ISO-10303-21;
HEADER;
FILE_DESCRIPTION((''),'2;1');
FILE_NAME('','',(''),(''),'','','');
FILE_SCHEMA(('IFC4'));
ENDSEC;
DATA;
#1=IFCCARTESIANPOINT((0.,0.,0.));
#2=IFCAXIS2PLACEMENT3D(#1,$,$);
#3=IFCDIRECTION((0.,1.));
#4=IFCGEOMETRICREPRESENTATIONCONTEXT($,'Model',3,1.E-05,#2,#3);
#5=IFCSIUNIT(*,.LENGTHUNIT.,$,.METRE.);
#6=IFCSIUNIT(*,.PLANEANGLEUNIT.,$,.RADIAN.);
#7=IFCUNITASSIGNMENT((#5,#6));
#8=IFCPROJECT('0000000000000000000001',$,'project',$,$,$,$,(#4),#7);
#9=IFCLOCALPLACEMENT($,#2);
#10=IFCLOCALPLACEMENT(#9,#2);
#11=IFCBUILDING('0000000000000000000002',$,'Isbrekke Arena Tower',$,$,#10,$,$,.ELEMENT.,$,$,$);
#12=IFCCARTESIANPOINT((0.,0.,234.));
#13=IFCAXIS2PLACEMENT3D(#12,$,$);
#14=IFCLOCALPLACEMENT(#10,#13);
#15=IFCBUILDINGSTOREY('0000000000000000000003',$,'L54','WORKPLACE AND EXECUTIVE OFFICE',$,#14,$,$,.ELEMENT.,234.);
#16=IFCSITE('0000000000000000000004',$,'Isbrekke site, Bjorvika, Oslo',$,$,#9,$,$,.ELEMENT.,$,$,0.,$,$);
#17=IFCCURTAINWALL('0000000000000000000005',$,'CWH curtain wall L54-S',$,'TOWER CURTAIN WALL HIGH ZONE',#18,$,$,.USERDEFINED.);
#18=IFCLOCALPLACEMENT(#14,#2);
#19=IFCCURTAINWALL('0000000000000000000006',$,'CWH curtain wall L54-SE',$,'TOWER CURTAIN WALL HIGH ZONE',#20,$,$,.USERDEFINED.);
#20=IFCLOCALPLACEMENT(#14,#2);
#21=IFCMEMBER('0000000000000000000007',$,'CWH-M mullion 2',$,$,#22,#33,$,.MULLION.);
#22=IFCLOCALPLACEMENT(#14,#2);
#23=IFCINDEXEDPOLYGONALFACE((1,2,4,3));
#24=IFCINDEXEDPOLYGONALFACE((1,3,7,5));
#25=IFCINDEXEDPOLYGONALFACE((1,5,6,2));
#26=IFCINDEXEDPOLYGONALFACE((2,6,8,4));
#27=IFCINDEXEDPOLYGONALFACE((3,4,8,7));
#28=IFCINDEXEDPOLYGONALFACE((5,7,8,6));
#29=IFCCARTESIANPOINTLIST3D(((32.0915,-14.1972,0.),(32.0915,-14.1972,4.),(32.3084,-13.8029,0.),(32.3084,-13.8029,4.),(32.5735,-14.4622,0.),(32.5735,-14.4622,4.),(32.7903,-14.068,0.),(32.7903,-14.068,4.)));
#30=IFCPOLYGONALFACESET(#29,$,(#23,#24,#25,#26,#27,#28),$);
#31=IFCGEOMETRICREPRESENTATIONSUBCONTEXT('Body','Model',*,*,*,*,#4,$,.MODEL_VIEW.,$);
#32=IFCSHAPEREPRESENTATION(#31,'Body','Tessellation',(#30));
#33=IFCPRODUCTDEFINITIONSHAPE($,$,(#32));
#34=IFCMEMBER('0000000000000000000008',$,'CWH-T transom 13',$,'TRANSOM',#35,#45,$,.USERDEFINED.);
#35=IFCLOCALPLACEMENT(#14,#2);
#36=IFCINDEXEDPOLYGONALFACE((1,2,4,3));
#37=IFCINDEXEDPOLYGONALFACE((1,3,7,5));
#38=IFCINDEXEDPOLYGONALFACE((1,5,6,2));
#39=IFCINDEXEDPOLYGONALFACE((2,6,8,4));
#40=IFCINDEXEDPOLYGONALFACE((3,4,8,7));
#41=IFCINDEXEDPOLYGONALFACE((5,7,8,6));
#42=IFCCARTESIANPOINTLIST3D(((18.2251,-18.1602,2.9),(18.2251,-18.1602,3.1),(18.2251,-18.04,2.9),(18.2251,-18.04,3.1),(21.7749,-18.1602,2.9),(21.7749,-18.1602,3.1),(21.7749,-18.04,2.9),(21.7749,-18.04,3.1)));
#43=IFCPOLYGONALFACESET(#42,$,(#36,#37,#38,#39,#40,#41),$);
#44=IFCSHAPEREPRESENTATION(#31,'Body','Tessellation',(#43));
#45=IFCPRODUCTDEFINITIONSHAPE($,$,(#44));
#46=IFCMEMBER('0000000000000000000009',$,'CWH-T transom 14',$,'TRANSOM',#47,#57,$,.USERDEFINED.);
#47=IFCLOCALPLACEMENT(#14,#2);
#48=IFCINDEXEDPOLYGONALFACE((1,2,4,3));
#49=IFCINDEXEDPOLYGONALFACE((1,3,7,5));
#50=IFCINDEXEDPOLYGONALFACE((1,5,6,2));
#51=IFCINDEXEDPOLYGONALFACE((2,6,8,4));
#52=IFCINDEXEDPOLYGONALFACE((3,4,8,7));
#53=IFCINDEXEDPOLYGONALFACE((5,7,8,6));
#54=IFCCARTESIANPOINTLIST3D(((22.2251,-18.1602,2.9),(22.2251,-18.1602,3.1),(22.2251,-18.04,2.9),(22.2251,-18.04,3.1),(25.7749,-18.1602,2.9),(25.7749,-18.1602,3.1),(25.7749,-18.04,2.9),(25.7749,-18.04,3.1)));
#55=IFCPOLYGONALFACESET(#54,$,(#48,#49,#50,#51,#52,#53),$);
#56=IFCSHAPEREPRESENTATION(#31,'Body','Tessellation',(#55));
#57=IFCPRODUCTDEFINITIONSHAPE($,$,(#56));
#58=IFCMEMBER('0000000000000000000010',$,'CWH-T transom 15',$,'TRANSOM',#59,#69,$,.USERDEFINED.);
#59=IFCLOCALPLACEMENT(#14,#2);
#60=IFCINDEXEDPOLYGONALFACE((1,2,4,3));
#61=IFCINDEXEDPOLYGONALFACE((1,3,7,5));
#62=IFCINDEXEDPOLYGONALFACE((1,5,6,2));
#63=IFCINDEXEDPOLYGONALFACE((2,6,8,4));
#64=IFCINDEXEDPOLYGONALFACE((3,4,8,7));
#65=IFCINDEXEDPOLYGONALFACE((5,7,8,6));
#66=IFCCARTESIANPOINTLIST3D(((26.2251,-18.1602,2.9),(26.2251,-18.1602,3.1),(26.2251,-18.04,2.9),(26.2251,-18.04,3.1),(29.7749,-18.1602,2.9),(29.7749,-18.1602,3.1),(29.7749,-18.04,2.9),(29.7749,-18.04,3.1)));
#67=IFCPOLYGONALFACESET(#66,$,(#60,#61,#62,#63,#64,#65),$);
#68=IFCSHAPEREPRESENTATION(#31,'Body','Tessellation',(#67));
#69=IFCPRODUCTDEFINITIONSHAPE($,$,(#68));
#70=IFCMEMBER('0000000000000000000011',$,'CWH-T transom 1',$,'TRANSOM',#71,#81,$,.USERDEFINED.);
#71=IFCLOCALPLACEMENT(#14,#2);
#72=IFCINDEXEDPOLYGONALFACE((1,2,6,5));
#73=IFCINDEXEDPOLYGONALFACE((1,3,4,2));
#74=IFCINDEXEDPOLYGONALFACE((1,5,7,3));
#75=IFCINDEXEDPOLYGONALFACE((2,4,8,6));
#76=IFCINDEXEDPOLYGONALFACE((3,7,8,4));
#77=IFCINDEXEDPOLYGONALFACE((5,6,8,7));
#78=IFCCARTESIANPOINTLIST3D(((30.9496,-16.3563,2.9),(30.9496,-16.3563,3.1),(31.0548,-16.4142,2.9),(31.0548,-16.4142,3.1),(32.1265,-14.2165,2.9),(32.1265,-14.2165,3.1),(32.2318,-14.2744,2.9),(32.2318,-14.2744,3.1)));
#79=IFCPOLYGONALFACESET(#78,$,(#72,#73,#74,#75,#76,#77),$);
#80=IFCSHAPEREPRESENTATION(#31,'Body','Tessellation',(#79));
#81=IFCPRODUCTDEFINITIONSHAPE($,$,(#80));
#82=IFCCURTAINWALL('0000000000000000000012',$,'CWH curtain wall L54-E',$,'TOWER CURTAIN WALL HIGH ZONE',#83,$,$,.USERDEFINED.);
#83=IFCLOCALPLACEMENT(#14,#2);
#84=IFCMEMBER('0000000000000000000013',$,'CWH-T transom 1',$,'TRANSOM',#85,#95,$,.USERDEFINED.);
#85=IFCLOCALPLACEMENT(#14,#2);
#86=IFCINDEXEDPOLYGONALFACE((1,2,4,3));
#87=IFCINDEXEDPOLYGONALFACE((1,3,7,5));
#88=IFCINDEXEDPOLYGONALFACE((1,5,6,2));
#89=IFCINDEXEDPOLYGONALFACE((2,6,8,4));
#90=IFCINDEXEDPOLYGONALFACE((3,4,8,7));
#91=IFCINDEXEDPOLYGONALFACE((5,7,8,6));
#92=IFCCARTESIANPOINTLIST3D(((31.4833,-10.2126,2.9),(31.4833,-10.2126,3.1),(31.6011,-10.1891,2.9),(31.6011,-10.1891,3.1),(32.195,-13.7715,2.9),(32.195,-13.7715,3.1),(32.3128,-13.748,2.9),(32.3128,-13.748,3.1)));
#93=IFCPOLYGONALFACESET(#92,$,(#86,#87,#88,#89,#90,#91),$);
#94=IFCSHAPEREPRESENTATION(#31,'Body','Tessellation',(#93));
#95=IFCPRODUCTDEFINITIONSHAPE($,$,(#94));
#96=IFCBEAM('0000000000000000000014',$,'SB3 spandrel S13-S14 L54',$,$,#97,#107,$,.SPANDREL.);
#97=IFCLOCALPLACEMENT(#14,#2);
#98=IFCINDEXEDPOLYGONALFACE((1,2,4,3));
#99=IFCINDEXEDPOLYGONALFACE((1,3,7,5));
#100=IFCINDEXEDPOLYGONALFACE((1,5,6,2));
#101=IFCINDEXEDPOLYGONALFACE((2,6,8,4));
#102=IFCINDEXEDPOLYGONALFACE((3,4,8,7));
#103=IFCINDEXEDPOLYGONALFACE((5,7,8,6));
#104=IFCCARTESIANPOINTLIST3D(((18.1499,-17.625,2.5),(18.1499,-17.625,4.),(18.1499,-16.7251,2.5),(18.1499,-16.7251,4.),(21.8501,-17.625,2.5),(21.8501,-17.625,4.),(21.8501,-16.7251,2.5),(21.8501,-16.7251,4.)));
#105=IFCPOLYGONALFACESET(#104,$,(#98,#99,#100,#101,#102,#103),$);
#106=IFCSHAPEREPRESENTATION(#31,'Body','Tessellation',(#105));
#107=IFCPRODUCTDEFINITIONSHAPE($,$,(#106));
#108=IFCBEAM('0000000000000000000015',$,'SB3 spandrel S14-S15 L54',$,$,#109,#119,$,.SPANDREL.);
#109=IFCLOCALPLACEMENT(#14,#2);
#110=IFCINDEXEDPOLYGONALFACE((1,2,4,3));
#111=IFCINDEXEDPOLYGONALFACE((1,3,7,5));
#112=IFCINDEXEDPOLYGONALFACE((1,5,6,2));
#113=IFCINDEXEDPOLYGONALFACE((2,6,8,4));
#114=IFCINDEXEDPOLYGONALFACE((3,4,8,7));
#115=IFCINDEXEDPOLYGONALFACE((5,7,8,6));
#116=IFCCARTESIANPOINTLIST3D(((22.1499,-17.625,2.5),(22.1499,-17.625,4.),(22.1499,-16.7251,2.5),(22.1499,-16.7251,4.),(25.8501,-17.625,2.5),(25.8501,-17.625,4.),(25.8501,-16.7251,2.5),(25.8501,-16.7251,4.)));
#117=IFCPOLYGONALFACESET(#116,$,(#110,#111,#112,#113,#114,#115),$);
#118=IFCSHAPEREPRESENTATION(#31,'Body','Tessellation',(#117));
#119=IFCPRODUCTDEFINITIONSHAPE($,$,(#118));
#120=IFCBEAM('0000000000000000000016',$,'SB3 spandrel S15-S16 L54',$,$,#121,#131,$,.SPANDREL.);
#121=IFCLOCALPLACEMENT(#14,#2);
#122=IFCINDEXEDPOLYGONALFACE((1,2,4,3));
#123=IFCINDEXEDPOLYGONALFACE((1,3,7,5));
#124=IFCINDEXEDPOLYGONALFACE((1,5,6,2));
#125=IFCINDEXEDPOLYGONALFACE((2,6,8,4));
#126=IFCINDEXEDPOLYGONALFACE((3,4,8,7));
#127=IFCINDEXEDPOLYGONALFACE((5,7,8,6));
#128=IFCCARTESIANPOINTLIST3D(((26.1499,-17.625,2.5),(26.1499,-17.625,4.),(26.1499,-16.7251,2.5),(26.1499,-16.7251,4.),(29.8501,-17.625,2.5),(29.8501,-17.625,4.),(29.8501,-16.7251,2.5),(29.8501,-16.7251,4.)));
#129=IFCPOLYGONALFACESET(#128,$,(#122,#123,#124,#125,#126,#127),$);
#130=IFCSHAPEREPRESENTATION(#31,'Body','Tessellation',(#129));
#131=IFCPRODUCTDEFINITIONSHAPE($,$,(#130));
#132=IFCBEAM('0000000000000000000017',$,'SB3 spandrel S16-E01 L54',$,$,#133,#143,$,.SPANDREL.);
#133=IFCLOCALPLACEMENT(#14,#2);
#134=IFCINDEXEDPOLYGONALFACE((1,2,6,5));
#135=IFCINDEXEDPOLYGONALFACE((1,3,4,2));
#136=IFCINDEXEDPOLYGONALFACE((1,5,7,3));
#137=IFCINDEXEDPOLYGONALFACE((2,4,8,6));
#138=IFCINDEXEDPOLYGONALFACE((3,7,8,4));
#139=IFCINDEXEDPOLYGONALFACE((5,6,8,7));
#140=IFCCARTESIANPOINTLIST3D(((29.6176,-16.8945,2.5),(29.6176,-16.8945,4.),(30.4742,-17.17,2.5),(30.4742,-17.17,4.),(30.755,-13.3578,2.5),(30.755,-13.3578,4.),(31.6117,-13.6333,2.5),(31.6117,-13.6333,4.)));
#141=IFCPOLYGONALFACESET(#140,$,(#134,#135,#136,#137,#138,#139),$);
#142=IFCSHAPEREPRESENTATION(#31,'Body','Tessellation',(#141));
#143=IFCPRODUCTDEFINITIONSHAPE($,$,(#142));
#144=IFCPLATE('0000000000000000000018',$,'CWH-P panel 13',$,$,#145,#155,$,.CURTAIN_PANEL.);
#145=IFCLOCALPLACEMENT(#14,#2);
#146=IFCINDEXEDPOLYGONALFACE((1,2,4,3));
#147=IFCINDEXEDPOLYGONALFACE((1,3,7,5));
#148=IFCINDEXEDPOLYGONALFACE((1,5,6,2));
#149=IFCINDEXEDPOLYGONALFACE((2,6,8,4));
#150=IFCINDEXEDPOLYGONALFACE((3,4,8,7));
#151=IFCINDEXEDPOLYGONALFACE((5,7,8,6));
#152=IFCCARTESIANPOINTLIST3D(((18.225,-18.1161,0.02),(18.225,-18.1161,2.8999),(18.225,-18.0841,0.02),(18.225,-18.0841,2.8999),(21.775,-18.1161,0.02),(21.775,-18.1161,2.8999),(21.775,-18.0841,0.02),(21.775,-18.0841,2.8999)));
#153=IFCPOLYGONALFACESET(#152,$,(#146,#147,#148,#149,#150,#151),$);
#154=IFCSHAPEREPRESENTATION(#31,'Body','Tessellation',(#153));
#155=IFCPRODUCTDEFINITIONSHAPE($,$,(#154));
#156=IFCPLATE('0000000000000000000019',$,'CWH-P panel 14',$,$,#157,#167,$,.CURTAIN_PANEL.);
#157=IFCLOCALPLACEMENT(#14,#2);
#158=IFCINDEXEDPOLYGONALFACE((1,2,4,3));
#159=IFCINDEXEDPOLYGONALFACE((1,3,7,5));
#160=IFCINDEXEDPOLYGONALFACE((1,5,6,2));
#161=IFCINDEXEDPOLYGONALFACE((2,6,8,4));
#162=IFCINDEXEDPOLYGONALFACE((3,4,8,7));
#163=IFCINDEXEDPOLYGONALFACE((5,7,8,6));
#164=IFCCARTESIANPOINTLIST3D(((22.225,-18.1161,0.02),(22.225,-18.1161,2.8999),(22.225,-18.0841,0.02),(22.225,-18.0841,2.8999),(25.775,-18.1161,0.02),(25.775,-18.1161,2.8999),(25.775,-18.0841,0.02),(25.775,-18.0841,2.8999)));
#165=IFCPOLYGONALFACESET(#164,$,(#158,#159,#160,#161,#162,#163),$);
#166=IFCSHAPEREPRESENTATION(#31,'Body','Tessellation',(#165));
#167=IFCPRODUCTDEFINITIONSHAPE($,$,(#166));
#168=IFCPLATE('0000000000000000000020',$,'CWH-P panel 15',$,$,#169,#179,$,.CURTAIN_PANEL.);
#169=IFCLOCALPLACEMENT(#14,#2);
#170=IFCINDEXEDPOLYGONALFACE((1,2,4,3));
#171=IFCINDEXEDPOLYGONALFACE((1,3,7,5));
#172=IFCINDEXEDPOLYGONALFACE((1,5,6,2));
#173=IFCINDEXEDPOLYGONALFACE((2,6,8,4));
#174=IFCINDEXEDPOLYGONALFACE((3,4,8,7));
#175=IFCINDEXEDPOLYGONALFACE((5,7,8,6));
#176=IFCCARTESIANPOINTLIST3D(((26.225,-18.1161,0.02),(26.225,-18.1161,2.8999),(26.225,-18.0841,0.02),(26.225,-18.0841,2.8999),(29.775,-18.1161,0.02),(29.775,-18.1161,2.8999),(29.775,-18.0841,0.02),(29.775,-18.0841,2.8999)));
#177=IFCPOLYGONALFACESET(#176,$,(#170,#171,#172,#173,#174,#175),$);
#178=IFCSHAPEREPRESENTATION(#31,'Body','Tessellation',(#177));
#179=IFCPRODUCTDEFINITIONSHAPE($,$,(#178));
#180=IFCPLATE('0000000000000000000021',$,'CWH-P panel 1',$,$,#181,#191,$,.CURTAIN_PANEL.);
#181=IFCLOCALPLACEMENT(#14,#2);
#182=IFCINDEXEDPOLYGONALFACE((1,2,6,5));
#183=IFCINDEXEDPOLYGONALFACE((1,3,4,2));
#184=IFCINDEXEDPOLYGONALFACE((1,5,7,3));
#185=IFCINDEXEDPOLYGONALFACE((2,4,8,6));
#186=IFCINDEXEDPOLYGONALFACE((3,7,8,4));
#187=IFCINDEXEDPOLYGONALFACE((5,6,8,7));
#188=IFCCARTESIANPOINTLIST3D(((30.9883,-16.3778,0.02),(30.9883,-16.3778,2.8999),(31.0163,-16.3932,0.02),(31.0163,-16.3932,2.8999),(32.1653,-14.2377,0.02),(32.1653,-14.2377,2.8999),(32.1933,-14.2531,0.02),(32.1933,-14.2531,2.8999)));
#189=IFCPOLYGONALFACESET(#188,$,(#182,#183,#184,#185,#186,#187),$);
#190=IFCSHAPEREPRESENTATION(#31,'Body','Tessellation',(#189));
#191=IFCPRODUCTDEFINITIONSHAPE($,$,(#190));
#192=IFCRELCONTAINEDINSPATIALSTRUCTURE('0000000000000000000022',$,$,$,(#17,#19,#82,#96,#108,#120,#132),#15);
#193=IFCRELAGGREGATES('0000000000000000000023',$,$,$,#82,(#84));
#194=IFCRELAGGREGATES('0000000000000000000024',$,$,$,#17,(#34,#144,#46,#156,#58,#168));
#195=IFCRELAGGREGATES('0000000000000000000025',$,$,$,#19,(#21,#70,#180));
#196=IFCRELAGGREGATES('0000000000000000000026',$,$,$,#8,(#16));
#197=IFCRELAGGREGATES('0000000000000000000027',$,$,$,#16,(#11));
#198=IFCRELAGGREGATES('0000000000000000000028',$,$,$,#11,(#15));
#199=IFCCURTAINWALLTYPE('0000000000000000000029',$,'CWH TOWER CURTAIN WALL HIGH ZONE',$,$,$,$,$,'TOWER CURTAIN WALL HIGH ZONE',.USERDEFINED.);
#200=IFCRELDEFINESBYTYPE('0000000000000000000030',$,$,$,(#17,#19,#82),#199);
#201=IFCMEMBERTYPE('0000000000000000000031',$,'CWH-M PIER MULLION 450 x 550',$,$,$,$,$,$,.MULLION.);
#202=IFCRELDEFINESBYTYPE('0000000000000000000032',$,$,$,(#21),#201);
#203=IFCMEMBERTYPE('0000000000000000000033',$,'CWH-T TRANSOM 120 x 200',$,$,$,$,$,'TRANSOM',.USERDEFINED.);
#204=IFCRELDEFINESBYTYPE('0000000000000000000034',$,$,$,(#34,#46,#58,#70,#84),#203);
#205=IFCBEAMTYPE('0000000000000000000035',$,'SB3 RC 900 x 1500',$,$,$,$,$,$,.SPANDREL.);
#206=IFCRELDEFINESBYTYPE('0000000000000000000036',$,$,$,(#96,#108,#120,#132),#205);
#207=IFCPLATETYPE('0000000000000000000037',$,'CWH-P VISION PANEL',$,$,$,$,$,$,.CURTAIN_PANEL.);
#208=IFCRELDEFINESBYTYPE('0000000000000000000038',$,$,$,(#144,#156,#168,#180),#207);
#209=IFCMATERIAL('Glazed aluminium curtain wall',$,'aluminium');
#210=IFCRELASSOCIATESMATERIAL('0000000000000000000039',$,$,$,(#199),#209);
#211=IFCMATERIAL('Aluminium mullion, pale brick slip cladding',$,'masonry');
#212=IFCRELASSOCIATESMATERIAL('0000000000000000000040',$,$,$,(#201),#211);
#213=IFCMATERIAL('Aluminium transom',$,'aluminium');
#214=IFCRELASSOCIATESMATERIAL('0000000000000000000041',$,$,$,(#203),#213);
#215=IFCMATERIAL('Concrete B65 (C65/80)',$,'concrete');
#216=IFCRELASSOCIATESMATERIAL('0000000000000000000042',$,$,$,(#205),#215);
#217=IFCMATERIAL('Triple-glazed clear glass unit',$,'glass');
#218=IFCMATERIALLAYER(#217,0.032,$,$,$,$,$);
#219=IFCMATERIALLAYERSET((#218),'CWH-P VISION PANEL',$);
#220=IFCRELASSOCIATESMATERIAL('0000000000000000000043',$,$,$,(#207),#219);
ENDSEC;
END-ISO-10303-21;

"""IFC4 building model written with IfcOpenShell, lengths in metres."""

from ifc_helpers import new_model, si_unit, direction, frame, origin, origin_2d, place, context, subcontext, project, spatial, rectangle, extrude, material, layer, layer_set, material_profile, profile_set, type_object, element, aggregate, save


model = new_model("IFC4")

# Units and contexts
model_context = context("Model", 3, precision=1e-05, world=origin(), true_north=direction((0.0, 1.0)))
body_context = subcontext(model_context, "Body", "Model", "MODEL_VIEW")
ifc_project = project(units=[si_unit("LENGTHUNIT", "METRE"), si_unit("PLANEANGLEUNIT", "RADIAN")], contexts=[model_context])

# Site, building, storey
site_placement = place(None, origin())
site = spatial("IfcSite", under=ifc_project, at=site_placement, Name="Isbrekke site, Bjorvika, Oslo", CompositionType="ELEMENT", RefElevation=0.0)
building_placement = place(site_placement, origin())
building = spatial("IfcBuilding", under=site, at=building_placement, Name="Isbrekke Arena Tower", CompositionType="ELEMENT")
storey_placement = place(building_placement, frame((0.0, 0.0, 234.0)))
storey = spatial("IfcBuildingStorey", under=building, at=storey_placement, Name="L54", Description="WORKPLACE AND EXECUTIVE OFFICE", CompositionType="ELEMENT", Elevation=234.0)

# Curtain walls, member
ifc_material_1 = material(Name="Glazed aluminium curtain wall", Category="aluminium")
curtain_wall_type = type_object("IfcCurtainWallType", Name="CWH TOWER CURTAIN WALL HIGH ZONE", ElementType="TOWER CURTAIN WALL HIGH ZONE", PredefinedType="USERDEFINED", material=ifc_material_1)
curtain_wall_1_placement = place(storey_placement, origin())
curtain_wall_1 = element("IfcCurtainWall", 1, at=curtain_wall_1_placement, inside=storey, type_object=curtain_wall_type, Name="CWH curtain wall L54-S", ObjectType="TOWER CURTAIN WALL HIGH ZONE", PredefinedType="USERDEFINED")
ifc_material_2 = material(Name="Aluminium mullion, pale brick slip cladding", Category="masonry")
ifc_material_profile_1 = material_profile(ifc_material_2, rectangle(XDim=0.45, YDim=0.55, at=origin_2d()), Name="PIER 450X550")
ifc_profile_set_1 = profile_set([ifc_material_profile_1], Name="Aluminium mullion, pale brick slip cladding")
member_type_1 = type_object("IfcMemberType", Name="CWH-M PIER MULLION 450 x 550", PredefinedType="MULLION", material=ifc_profile_set_1)
curtain_wall_2_placement = place(storey_placement, origin())
curtain_wall_2 = element("IfcCurtainWall", 2, at=curtain_wall_2_placement, inside=storey, type_object=curtain_wall_type, Name="CWH curtain wall L54-SE", ObjectType="TOWER CURTAIN WALL HIGH ZONE", PredefinedType="USERDEFINED")
member_1_placement = place(storey_placement, frame((32.4409, -14.1326, 0.0), z_axis=(0.0, 0.0, 1.0), x_axis=(0.481919, 0.876216, 0.0)))
member_1 = element("IfcMember", 3, at=member_1_placement, type_object=member_type_1, Name="CWH-M mullion 2", PredefinedType="MULLION", context=body_context, shape_type="SweptSolid", body=[
    extrude(rectangle(XDim=0.45, YDim=0.55, at=origin_2d()), origin(), (0.0, 0.0, 1.0), 4.0),
])

# Members
ifc_material_3 = material(Name="Aluminium transom", Category="aluminium")
ifc_material_profile_2 = material_profile(ifc_material_3, rectangle(XDim=0.1201, YDim=0.2, at=origin_2d()), Name="TRANSOM 120X200")
ifc_profile_set_2 = profile_set([ifc_material_profile_2], Name="Aluminium transom")
member_type_2 = type_object("IfcMemberType", Name="CWH-T TRANSOM 120 x 200", ElementType="TRANSOM", PredefinedType="USERDEFINED", material=ifc_profile_set_2)
member_2_placement = place(storey_placement, frame((18.2251, -18.1001, 3.0), z_axis=(1.0, 0.0, 0.0), x_axis=(0.0, 1.0, 0.0)))
member_2 = element("IfcMember", 4, at=member_2_placement, type_object=member_type_2, Name="CWH-T transom 13", ObjectType="TRANSOM", PredefinedType="USERDEFINED", context=body_context, shape_type="SweptSolid", body=[
    extrude(rectangle(XDim=0.1201, YDim=0.2, at=origin_2d()), origin(), (0.0, 0.0, 1.0), 3.5498),
])
member_3_placement = place(storey_placement, frame((22.2251, -18.1001, 3.0), z_axis=(1.0, 0.0, 0.0), x_axis=(0.0, 1.0, 0.0)))
member_3 = element("IfcMember", 5, at=member_3_placement, type_object=member_type_2, Name="CWH-T transom 14", ObjectType="TRANSOM", PredefinedType="USERDEFINED", context=body_context, shape_type="SweptSolid", body=[
    extrude(rectangle(XDim=0.1201, YDim=0.2, at=origin_2d()), origin(), (0.0, 0.0, 1.0), 3.5498),
])
member_4_placement = place(storey_placement, frame((26.2251, -18.1001, 3.0), z_axis=(1.0, 0.0, 0.0), x_axis=(0.0, 1.0, 0.0)))
member_4 = element("IfcMember", 6, at=member_4_placement, type_object=member_type_2, Name="CWH-T transom 15", ObjectType="TRANSOM", PredefinedType="USERDEFINED", context=body_context, shape_type="SweptSolid", body=[
    extrude(rectangle(XDim=0.1201, YDim=0.2, at=origin_2d()), origin(), (0.0, 0.0, 1.0), 3.5498),
])
member_5_placement = place(storey_placement, frame((31.0022, -16.3853, 3.0), z_axis=(0.481938, 0.876205, 0.0), x_axis=(-0.876205, 0.481938, 0.0)))
member_5 = element("IfcMember", 7, at=member_5_placement, type_object=member_type_2, Name="CWH-T transom 1", ObjectType="TRANSOM", PredefinedType="USERDEFINED", context=body_context, shape_type="SweptSolid", body=[
    extrude(rectangle(XDim=0.1201, YDim=0.2, at=origin_2d()), origin(), (0.0, 0.0, 1.0), 2.4421),
])

# Curtain wall, member
curtain_wall_3_placement = place(storey_placement, origin())
curtain_wall_3 = element("IfcCurtainWall", 8, at=curtain_wall_3_placement, inside=storey, type_object=curtain_wall_type, Name="CWH curtain wall L54-E", ObjectType="TOWER CURTAIN WALL HIGH ZONE", PredefinedType="USERDEFINED")
member_6_placement = place(storey_placement, frame((32.2539, -13.7598, 3.0), z_axis=(-0.19609, 0.980586, 0.0), x_axis=(-0.980586, -0.19609, 0.0)))
member_6 = element("IfcMember", 9, at=member_6_placement, type_object=member_type_2, Name="CWH-T transom 1", ObjectType="TRANSOM", PredefinedType="USERDEFINED", context=body_context, shape_type="SweptSolid", body=[
    extrude(rectangle(XDim=0.1201, YDim=0.2, at=origin_2d()), origin(), (0.0, 0.0, 1.0), 3.6294),
])
aggregate(curtain_wall_3, [member_6])

# Beams
ifc_material_4 = material(Name="Concrete B65 (C65/80)", Category="concrete")
ifc_material_profile_3 = material_profile(ifc_material_4, rectangle(XDim=0.8999, YDim=1.5, at=origin_2d()), Name="RC 900x1500")
ifc_profile_set_3 = profile_set([ifc_material_profile_3], Name="Concrete B65 (C65/80)")
beam_type_1 = type_object("IfcBeamType", Name="SB3 RC 900 x 1500", PredefinedType="SPANDREL", material=ifc_profile_set_3)
for number, where, z_axis, x_axis, name in (
    (10, (18.1499, -17.175, 3.25), (1.0, 0.0, 0.0), (0.0, 1.0, 0.0), "SB3 spandrel S13-S14 L54"),
    (11, (22.1499, -17.175, 3.25), (1.0, 0.0, 0.0), (0.0, 1.0, 0.0), "SB3 spandrel S14-S15 L54"),
    (12, (26.1499, -17.175, 3.25), (1.0, 0.0, 0.0), (0.0, 1.0, 0.0), "SB3 spandrel S15-S16 L54"),
):
    element("IfcBeam", number, at=place(storey_placement, frame(where, z_axis=z_axis, x_axis=x_axis)), inside=storey, type_object=beam_type_1, Name=name, PredefinedType="SPANDREL", context=body_context, shape_type="SweptSolid", body=[
        extrude(rectangle(XDim=0.8999, YDim=1.5, at=origin_2d()), origin(), (0.0, 0.0, 1.0), 3.7002),
    ])
beam_placement = place(storey_placement, frame((30.0459, -17.0322, 3.25), z_axis=(0.306175, 0.951975, 0.0), x_axis=(-0.951975, 0.306175, 0.0)))
element("IfcBeam", 13, at=beam_placement, inside=storey, type_object=beam_type_1, Name="SB3 spandrel S16-E01 L54", PredefinedType="SPANDREL", context=body_context, shape_type="SweptSolid", body=[
    extrude(rectangle(XDim=0.8999, YDim=1.5, at=origin_2d()), origin(), (0.0, 0.0, 1.0), 3.7151),
])

# Plates
ifc_material_5 = material(Name="Triple-glazed clear glass unit", Category="glass")
ifc_layer_1 = layer(ifc_material_5, 0.032)
ifc_layer_set_1 = layer_set([ifc_layer_1], Name="CWH-P VISION PANEL")
plate_type = type_object("IfcPlateType", Name="CWH-P VISION PANEL", PredefinedType="CURTAIN_PANEL", material=ifc_layer_set_1)
plate_1_placement = place(storey_placement, frame((20.0, -18.1001, 0.02), z_axis=(0.0, 0.0, 1.0), x_axis=(1.0, 0.0, 0.0)))
plate_1 = element("IfcPlate", 14, at=plate_1_placement, type_object=plate_type, Name="CWH-P panel 13", PredefinedType="CURTAIN_PANEL", context=body_context, shape_type="SweptSolid", body=[
    extrude(rectangle(XDim=3.55, YDim=0.032, at=origin_2d()), origin(), (0.0, 0.0, 1.0), 2.8799),
])
plate_2_placement = place(storey_placement, frame((24.0, -18.1001, 0.02), z_axis=(0.0, 0.0, 1.0), x_axis=(1.0, 0.0, 0.0)))
plate_2 = element("IfcPlate", 15, at=plate_2_placement, type_object=plate_type, Name="CWH-P panel 14", PredefinedType="CURTAIN_PANEL", context=body_context, shape_type="SweptSolid", body=[
    extrude(rectangle(XDim=3.55, YDim=0.032, at=origin_2d()), origin(), (0.0, 0.0, 1.0), 2.8799),
])
plate_3_placement = place(storey_placement, frame((28.0, -18.1001, 0.02), z_axis=(0.0, 0.0, 1.0), x_axis=(1.0, 0.0, 0.0)))
plate_3 = element("IfcPlate", 16, at=plate_3_placement, type_object=plate_type, Name="CWH-P panel 15", PredefinedType="CURTAIN_PANEL", context=body_context, shape_type="SweptSolid", body=[
    extrude(rectangle(XDim=3.55, YDim=0.032, at=origin_2d()), origin(), (0.0, 0.0, 1.0), 2.8799),
])
aggregate(curtain_wall_1, [member_2, plate_1, member_3, plate_2, member_4, plate_3])
plate_4_placement = place(storey_placement, frame((31.5908, -15.3154, 0.02), z_axis=(0.0, 0.0, 1.0), x_axis=(0.481919, 0.876216, 0.0)))
plate_4 = element("IfcPlate", 17, at=plate_4_placement, type_object=plate_type, Name="CWH-P panel 1", PredefinedType="CURTAIN_PANEL", context=body_context, shape_type="SweptSolid", body=[
    extrude(rectangle(XDim=2.4424, YDim=0.032, at=origin_2d()), origin(), (0.0, 0.0, 1.0), 2.8799),
])
aggregate(curtain_wall_2, [member_1, member_5, plate_4])

save(model, "model.ifc")
